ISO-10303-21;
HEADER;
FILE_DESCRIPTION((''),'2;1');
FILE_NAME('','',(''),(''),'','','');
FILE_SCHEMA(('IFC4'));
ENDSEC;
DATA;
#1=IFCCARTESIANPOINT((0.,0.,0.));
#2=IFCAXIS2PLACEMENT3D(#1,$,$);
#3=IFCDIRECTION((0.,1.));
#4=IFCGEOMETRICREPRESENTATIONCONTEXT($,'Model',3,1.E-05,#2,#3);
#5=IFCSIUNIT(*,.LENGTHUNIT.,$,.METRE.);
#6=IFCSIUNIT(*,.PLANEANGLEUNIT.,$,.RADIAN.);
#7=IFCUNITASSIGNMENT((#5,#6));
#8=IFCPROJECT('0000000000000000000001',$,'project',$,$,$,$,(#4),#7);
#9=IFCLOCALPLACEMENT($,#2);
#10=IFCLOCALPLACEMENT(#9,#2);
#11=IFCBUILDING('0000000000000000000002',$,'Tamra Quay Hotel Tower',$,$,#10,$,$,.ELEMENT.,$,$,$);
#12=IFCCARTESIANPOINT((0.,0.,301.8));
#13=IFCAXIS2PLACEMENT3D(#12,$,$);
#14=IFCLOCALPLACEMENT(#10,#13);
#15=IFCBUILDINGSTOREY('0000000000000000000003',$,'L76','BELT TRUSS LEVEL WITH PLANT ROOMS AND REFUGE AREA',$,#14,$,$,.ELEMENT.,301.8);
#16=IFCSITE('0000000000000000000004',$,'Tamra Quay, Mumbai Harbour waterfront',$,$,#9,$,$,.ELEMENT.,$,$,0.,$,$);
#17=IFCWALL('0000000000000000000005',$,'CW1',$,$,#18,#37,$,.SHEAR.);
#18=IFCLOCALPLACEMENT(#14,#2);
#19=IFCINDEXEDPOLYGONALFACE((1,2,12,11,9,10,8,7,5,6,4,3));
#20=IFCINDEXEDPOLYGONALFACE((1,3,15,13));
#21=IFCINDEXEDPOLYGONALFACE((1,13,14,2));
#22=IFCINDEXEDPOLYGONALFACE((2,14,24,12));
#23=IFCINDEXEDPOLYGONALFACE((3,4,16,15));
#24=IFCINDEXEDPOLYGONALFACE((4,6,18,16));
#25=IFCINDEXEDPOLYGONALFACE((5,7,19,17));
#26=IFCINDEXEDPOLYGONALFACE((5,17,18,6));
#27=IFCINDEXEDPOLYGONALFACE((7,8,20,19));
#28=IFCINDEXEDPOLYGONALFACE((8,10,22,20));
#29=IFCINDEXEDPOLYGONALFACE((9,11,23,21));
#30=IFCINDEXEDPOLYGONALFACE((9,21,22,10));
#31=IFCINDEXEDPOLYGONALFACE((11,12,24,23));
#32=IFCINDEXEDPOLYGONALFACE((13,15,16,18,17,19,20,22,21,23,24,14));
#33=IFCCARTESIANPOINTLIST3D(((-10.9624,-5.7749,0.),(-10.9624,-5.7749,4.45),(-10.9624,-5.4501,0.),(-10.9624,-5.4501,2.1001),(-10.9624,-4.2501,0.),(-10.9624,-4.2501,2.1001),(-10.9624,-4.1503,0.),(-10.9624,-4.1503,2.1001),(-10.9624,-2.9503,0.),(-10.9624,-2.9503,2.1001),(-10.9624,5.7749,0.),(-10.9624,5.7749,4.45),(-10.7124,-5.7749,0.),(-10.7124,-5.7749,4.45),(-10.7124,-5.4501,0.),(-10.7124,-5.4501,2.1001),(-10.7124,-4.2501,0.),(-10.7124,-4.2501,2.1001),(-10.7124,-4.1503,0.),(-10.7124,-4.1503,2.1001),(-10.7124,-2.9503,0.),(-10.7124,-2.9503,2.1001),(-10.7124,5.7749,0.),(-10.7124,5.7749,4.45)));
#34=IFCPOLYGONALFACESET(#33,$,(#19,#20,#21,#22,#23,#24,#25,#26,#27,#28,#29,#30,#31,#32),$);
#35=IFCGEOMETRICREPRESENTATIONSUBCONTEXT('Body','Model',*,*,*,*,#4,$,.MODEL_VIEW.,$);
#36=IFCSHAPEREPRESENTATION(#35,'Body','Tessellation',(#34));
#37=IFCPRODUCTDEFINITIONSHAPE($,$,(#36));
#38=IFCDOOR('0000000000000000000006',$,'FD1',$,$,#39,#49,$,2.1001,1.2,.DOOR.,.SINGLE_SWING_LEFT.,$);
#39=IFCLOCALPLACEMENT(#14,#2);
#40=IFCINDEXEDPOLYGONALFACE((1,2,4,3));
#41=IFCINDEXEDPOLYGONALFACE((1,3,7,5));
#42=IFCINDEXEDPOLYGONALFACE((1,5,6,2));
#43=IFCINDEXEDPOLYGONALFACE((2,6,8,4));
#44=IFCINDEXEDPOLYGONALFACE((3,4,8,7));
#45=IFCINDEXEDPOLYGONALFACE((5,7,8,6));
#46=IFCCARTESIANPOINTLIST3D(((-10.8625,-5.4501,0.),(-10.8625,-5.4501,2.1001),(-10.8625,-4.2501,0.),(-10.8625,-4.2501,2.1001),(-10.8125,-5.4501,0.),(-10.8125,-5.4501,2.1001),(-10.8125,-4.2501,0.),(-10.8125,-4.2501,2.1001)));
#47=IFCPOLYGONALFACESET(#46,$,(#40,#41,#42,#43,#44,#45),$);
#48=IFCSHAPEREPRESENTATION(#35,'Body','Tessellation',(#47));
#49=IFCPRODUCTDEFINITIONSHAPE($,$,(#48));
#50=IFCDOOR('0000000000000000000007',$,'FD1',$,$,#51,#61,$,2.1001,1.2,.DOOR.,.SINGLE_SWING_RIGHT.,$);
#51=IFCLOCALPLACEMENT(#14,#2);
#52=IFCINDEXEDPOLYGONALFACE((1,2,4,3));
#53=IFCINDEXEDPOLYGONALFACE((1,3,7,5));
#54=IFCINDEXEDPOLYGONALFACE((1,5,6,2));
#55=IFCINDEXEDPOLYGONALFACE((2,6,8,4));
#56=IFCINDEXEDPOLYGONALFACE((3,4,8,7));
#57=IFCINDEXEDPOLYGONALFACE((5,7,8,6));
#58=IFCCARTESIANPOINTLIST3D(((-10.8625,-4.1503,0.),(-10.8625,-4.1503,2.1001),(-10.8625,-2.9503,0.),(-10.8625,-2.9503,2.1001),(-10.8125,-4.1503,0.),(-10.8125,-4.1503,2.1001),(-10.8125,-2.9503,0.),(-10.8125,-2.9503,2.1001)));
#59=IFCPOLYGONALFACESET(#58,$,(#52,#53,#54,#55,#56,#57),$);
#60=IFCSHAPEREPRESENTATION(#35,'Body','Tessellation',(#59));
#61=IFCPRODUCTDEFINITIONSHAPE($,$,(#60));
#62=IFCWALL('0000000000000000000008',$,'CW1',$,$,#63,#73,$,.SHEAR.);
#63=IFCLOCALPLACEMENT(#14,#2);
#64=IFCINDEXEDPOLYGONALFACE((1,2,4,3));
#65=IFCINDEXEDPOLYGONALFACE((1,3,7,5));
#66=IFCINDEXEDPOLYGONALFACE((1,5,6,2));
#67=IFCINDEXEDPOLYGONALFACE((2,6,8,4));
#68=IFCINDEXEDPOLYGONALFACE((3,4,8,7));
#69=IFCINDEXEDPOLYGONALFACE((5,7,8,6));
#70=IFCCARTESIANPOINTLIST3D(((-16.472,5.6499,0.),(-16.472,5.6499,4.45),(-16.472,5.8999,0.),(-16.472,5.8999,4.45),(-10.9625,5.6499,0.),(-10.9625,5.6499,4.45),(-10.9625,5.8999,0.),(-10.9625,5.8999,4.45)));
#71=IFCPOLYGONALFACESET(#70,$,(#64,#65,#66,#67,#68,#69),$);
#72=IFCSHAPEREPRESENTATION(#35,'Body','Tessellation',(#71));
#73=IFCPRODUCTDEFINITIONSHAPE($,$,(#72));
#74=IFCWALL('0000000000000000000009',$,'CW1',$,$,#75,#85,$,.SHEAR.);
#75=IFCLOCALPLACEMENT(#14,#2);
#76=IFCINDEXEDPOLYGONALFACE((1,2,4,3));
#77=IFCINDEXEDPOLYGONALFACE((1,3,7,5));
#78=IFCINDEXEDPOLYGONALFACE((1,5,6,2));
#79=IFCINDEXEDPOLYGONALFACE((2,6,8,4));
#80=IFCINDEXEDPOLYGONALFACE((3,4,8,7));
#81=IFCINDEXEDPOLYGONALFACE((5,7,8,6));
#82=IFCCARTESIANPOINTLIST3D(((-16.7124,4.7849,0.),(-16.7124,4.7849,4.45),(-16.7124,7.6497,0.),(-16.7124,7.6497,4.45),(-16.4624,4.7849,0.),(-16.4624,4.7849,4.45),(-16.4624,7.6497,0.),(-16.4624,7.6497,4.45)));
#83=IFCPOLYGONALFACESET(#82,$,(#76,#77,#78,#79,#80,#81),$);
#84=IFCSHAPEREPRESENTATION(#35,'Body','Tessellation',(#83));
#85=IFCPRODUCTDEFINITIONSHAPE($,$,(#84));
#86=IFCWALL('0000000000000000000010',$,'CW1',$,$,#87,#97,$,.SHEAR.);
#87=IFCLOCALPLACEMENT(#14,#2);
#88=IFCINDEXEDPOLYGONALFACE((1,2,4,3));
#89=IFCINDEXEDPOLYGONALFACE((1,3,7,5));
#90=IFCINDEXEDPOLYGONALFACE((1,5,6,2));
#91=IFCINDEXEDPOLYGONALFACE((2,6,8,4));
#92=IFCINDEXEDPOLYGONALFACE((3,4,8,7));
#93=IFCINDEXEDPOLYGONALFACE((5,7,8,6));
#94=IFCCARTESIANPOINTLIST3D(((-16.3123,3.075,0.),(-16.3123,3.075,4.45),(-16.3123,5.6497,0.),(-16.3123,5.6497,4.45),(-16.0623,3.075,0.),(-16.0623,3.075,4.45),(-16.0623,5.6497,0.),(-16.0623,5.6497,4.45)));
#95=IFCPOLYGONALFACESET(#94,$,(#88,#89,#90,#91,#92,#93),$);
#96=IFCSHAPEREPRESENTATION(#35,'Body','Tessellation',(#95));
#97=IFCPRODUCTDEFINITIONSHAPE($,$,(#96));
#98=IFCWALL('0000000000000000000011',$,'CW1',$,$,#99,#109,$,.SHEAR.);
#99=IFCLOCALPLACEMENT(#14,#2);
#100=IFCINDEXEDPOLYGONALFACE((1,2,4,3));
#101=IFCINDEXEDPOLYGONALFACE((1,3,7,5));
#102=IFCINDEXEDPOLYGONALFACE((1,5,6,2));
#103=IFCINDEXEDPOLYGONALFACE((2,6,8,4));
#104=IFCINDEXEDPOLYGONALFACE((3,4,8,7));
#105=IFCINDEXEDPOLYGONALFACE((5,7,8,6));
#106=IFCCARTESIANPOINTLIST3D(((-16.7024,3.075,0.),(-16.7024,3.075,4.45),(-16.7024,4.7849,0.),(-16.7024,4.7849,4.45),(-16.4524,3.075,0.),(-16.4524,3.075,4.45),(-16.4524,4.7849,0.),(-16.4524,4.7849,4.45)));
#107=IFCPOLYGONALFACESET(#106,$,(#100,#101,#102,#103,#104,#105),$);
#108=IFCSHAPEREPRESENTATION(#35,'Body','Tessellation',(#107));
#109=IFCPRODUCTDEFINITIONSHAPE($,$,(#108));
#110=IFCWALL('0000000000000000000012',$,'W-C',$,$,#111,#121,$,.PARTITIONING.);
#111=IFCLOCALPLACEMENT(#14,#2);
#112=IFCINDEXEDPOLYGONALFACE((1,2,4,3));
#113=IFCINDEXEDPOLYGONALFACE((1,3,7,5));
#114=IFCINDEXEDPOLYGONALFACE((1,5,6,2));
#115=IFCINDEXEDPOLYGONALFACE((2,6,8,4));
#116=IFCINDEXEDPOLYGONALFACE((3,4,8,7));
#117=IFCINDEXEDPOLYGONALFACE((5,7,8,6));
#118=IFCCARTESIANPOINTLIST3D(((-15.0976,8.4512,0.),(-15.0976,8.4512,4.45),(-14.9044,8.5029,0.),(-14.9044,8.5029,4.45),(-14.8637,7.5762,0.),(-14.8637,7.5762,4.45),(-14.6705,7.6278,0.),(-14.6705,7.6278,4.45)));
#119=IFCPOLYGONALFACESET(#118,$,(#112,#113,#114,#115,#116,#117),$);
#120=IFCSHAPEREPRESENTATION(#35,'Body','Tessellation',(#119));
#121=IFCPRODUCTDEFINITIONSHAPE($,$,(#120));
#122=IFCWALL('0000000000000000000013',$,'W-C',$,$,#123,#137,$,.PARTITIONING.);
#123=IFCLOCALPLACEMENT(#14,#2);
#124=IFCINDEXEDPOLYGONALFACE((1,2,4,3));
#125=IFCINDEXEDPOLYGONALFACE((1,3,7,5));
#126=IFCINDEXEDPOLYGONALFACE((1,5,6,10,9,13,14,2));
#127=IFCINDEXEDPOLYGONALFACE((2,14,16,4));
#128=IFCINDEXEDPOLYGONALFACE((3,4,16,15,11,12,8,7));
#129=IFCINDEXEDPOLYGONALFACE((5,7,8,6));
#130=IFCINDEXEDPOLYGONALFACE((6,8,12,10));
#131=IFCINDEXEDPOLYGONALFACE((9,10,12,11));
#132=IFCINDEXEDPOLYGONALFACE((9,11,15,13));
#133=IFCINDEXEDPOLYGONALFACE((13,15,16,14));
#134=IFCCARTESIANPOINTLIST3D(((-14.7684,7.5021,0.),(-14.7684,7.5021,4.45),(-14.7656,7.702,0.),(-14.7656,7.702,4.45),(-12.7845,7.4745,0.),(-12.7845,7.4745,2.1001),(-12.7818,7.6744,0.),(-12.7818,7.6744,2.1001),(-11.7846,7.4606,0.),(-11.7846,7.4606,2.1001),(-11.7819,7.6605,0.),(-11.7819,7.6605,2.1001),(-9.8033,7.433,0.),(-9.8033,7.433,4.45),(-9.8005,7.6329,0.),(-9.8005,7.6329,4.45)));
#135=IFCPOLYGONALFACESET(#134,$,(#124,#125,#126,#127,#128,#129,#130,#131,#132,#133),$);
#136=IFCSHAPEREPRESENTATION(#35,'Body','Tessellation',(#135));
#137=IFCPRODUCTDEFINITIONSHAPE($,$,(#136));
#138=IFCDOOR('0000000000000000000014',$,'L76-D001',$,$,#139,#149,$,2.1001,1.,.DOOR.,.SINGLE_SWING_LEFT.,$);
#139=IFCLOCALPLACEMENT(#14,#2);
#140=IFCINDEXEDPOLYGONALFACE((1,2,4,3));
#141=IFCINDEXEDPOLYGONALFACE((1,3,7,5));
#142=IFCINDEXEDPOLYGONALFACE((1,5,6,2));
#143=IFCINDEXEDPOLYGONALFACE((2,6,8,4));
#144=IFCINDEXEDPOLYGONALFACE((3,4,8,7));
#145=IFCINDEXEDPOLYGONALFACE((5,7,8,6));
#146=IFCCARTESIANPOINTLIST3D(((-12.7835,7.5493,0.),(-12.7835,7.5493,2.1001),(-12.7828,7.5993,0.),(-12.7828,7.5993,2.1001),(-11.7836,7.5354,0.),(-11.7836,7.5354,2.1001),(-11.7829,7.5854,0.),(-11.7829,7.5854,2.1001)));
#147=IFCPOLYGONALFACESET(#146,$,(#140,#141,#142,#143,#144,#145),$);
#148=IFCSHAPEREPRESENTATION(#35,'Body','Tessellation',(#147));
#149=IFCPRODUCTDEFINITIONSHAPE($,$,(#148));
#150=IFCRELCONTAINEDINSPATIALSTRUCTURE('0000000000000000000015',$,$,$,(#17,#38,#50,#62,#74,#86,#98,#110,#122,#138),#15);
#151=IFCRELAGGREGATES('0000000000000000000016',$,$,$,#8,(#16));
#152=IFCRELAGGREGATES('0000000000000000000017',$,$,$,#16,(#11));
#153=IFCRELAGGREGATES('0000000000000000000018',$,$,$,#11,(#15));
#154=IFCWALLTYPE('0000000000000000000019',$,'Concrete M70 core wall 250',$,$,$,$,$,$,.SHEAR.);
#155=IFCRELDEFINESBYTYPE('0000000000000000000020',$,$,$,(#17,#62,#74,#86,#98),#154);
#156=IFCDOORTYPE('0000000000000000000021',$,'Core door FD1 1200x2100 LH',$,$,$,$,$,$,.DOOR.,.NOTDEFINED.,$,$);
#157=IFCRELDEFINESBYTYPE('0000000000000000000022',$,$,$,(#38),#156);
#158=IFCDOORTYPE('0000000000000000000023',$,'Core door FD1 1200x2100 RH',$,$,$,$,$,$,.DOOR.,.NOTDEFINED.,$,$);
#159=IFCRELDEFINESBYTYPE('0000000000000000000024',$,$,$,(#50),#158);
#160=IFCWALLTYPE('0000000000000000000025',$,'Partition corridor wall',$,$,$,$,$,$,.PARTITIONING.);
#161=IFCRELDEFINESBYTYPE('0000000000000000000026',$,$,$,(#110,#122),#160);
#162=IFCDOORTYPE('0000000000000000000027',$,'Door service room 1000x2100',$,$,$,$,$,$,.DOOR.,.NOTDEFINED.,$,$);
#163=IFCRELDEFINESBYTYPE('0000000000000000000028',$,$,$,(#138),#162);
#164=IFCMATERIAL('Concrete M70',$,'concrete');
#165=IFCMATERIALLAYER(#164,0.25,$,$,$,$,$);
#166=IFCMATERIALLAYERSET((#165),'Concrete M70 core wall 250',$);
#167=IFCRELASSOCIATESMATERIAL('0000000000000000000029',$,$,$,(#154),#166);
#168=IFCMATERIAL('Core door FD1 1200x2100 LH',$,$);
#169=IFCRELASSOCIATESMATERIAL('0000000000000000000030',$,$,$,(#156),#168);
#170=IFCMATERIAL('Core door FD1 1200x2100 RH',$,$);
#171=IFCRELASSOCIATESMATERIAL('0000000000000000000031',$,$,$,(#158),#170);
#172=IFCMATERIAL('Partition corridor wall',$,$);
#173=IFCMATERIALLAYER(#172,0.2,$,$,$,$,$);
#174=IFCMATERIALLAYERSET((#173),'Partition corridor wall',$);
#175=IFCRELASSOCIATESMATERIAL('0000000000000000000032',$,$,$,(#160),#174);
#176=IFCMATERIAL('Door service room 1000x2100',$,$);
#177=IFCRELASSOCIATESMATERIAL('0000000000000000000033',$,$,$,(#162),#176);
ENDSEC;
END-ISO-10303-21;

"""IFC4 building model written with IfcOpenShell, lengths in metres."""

from ifc_helpers import new_model, si_unit, direction, frame, frame_2d, origin, place, context, subcontext, project, spatial, rectangle, extrude, material, layer, layer_set, type_object, element, fill, save


model = new_model("IFC4")

# Units and contexts
model_context = context("Model", 3, precision=1e-05, world=origin(), true_north=direction((0.0, 1.0)))
body_context = subcontext(model_context, "Body", "Model", "MODEL_VIEW")
ifc_project = project(units=[si_unit("LENGTHUNIT", "METRE"), si_unit("PLANEANGLEUNIT", "RADIAN")], contexts=[model_context])

# Site, building, storey
site_placement = place(None, origin())
site = spatial("IfcSite", under=ifc_project, at=site_placement, Name="Tamra Quay, Mumbai Harbour waterfront", CompositionType="ELEMENT", RefElevation=0.0)
building_placement = place(site_placement, origin())
building = spatial("IfcBuilding", under=site, at=building_placement, Name="Tamra Quay Hotel Tower", CompositionType="ELEMENT")
storey_placement = place(building_placement, frame((0.0, 0.0, 301.8)))
storey = spatial("IfcBuildingStorey", under=building, at=storey_placement, Name="L76", Description="BELT TRUSS LEVEL WITH PLANT ROOMS AND REFUGE AREA", CompositionType="ELEMENT", Elevation=301.8)

# Shared definitions
ifc_material_1 = material(Name="Concrete M70", Category="concrete")

# Wall, openings, doors
ifc_layer_1 = layer(ifc_material_1, 0.25)
ifc_layer_set_1 = layer_set([ifc_layer_1], Name="Concrete M70 core wall 250")
wall_type_1 = type_object("IfcWallType", Name="Concrete M70 core wall 250", PredefinedType="SHEAR", material=ifc_layer_set_1)
wall_1_placement = place(storey_placement, frame((-10.8374, 5.7749, 0.0), z_axis=(0.0, 0.0, 1.0), x_axis=(0.0, -1.0, 0.0)))
wall_1 = element("IfcWall", 1, at=wall_1_placement, inside=storey, type_object=wall_type_1, Name="CW1", PredefinedType="SHEAR", context=body_context, shape_type="SweptSolid", body=[
    extrude(rectangle(XDim=11.5498, YDim=0.25, at=frame_2d((5.7749, 0.0))), origin(), (0.0, 0.0, 1.0), 4.45),
])
opening_1_placement = place(wall_1_placement, frame((10.0249, 0.0, 0.0)))
opening_1 = element("IfcOpeningElement", 2, at=opening_1_placement, cuts=wall_1, PredefinedType="OPENING", context=body_context, shape_type="SweptSolid", body=[
    extrude(rectangle(XDim=1.2, YDim=2.1001, at=frame_2d((0.6001, 1.05))), frame((0.0, 0.135, 0.0), z_axis=(0.0, -1.0, 0.0), x_axis=(1.0, 0.0, 0.0)), (0.0, 0.0, 1.0), 0.27),
])
opening_2_placement = place(wall_1_placement, frame((8.7251, 0.0, 0.0)))
opening_2 = element("IfcOpeningElement", 3, at=opening_2_placement, cuts=wall_1, PredefinedType="OPENING", context=body_context, shape_type="SweptSolid", body=[
    extrude(rectangle(XDim=1.2, YDim=2.1001, at=frame_2d((0.6001, 1.05))), frame((0.0, 0.135, 0.0), z_axis=(0.0, -1.0, 0.0), x_axis=(1.0, 0.0, 0.0)), (0.0, 0.0, 1.0), 0.27),
])
ifc_material_2 = material(Name="Core door FD1 1200x2100 LH")
door_type_1 = type_object("IfcDoorType", Name="Core door FD1 1200x2100 LH", OperationType="NOTDEFINED", PredefinedType="DOOR", material=ifc_material_2)
door_1_placement = place(opening_1_placement, origin())
door_1 = element("IfcDoor", 4, at=door_1_placement, inside=storey, type_object=door_type_1, Name="FD1", OperationType="SINGLE_SWING_LEFT", OverallHeight=2.1001, OverallWidth=1.2, PredefinedType="DOOR", context=body_context, shape_type="SweptSolid", body=[
    extrude(rectangle(XDim=1.2, YDim=2.1001, at=frame_2d((0.6001, 1.05))), frame((0.0, 0.0249, 0.0), z_axis=(0.0, -1.0, 0.0), x_axis=(1.0, 0.0, 0.0)), (0.0, 0.0, 1.0), 0.05),
])
fill(opening_1, door_1)
ifc_material_3 = material(Name="Core door FD1 1200x2100 RH")
door_type_2 = type_object("IfcDoorType", Name="Core door FD1 1200x2100 RH", OperationType="NOTDEFINED", PredefinedType="DOOR", material=ifc_material_3)
door_2_placement = place(opening_2_placement, origin())
door_2 = element("IfcDoor", 5, at=door_2_placement, inside=storey, type_object=door_type_2, Name="FD1", OperationType="SINGLE_SWING_RIGHT", OverallHeight=2.1001, OverallWidth=1.2, PredefinedType="DOOR", context=body_context, shape_type="SweptSolid", body=[
    extrude(rectangle(XDim=1.2, YDim=2.1001, at=frame_2d((0.6001, 1.05))), frame((0.0, 0.0249, 0.0), z_axis=(0.0, -1.0, 0.0), x_axis=(1.0, 0.0, 0.0)), (0.0, 0.0, 1.0), 0.05),
])
fill(opening_2, door_2)

# Walls
wall_2_placement = place(storey_placement, frame((-16.4722, 5.7749, 0.0), z_axis=(0.0, 0.0, 1.0), x_axis=(1.0, 0.0, 0.0)))
element("IfcWall", 6, at=wall_2_placement, inside=storey, type_object=wall_type_1, Name="CW1", PredefinedType="SHEAR", context=body_context, shape_type="SweptSolid", body=[
    extrude(rectangle(XDim=5.5095, YDim=0.25, at=frame_2d((2.7549, 0.0))), origin(), (0.0, 0.0, 1.0), 4.45),
])
wall_3_placement = place(storey_placement, frame((-16.5874, 7.6497, 0.0), z_axis=(0.0, 0.0, 1.0), x_axis=(0.0, -1.0, 0.0)))
element("IfcWall", 7, at=wall_3_placement, inside=storey, type_object=wall_type_1, Name="CW1", PredefinedType="SHEAR", context=body_context, shape_type="SweptSolid", body=[
    extrude(rectangle(XDim=2.8647, YDim=0.25, at=frame_2d((1.4324, 0.0))), origin(), (0.0, 0.0, 1.0), 4.45),
])
wall_4_placement = place(storey_placement, frame((-16.1873, 3.075, 0.0), z_axis=(0.0, 0.0, 1.0), x_axis=(0.0, 1.0, 0.0)))
element("IfcWall", 8, at=wall_4_placement, inside=storey, type_object=wall_type_1, Name="CW1", PredefinedType="SHEAR", context=body_context, shape_type="SweptSolid", body=[
    extrude(rectangle(XDim=2.5747, YDim=0.25, at=frame_2d((1.2874, 0.0))), origin(), (0.0, 0.0, 1.0), 4.45),
])
wall_5_placement = place(storey_placement, frame((-16.5774, 4.7849, 0.0), z_axis=(0.0, 0.0, 1.0), x_axis=(0.0, -1.0, 0.0)))
element("IfcWall", 9, at=wall_5_placement, inside=storey, type_object=wall_type_1, Name="CW1", PredefinedType="SHEAR", context=body_context, shape_type="SweptSolid", body=[
    extrude(rectangle(XDim=1.71, YDim=0.25, at=frame_2d((0.855, 0.0))), origin(), (0.0, 0.0, 1.0), 4.45),
])
ifc_material_4 = material(Name="Partition corridor wall")
ifc_layer_2 = layer(ifc_material_4, 0.2)
ifc_layer_set_2 = layer_set([ifc_layer_2], Name="Partition corridor wall")
wall_type_2 = type_object("IfcWallType", Name="Partition corridor wall", PredefinedType="PARTITIONING", material=ifc_layer_set_2)
wall_6_placement = place(storey_placement, frame((-15.001, 8.4771, 0.0), z_axis=(0.0, 0.0, 1.0), x_axis=(0.258233, -0.966083, 0.0)))
element("IfcWall", 10, at=wall_6_placement, inside=storey, type_object=wall_type_2, Name="W-C", PredefinedType="PARTITIONING", context=body_context, shape_type="SweptSolid", body=[
    extrude(rectangle(XDim=0.9058, YDim=0.2, at=frame_2d((0.4529, 0.0))), origin(), (0.0, 0.0, 1.0), 4.45),
])

# Wall, opening, door
wall_7_placement = place(storey_placement, frame((-14.7671, 7.6021, 0.0), z_axis=(0.0, 0.0, 1.0), x_axis=(0.999903, -0.013914, 0.0)))
wall_7 = element("IfcWall", 11, at=wall_7_placement, inside=storey, type_object=wall_type_2, Name="W-C", PredefinedType="PARTITIONING", context=body_context, shape_type="SweptSolid", body=[
    extrude(rectangle(XDim=4.9656, YDim=0.2, at=frame_2d((2.4829, 0.0))), origin(), (0.0, 0.0, 1.0), 4.45),
])
opening_3_placement = place(wall_7_placement, frame((1.9841, 0.0, 0.0)))
opening_3 = element("IfcOpeningElement", 12, at=opening_3_placement, cuts=wall_7, PredefinedType="OPENING", context=body_context, shape_type="SweptSolid", body=[
    extrude(rectangle(XDim=1.0, YDim=2.1001, at=frame_2d((0.5, 1.05))), frame((0.0, 0.1099, 0.0), z_axis=(0.0, -1.0, 0.0), x_axis=(1.0, 0.0, 0.0)), (0.0, 0.0, 1.0), 0.22),
])
ifc_material_5 = material(Name="Door service room 1000x2100")
door_type_3 = type_object("IfcDoorType", Name="Door service room 1000x2100", OperationType="NOTDEFINED", PredefinedType="DOOR", material=ifc_material_5)
door_3_placement = place(opening_3_placement, origin())
door_3 = element("IfcDoor", 13, at=door_3_placement, inside=storey, type_object=door_type_3, Name="L76-D001", OperationType="SINGLE_SWING_LEFT", OverallHeight=2.1001, OverallWidth=1.0, PredefinedType="DOOR", context=body_context, shape_type="SweptSolid", body=[
    extrude(rectangle(XDim=1.0, YDim=2.1001, at=frame_2d((0.5, 1.05))), frame((0.0, 0.0249, 0.0), z_axis=(0.0, -1.0, 0.0), x_axis=(1.0, 0.0, 0.0)), (0.0, 0.0, 1.0), 0.05),
])
fill(opening_3, door_3)

save(model, "model.ifc")
